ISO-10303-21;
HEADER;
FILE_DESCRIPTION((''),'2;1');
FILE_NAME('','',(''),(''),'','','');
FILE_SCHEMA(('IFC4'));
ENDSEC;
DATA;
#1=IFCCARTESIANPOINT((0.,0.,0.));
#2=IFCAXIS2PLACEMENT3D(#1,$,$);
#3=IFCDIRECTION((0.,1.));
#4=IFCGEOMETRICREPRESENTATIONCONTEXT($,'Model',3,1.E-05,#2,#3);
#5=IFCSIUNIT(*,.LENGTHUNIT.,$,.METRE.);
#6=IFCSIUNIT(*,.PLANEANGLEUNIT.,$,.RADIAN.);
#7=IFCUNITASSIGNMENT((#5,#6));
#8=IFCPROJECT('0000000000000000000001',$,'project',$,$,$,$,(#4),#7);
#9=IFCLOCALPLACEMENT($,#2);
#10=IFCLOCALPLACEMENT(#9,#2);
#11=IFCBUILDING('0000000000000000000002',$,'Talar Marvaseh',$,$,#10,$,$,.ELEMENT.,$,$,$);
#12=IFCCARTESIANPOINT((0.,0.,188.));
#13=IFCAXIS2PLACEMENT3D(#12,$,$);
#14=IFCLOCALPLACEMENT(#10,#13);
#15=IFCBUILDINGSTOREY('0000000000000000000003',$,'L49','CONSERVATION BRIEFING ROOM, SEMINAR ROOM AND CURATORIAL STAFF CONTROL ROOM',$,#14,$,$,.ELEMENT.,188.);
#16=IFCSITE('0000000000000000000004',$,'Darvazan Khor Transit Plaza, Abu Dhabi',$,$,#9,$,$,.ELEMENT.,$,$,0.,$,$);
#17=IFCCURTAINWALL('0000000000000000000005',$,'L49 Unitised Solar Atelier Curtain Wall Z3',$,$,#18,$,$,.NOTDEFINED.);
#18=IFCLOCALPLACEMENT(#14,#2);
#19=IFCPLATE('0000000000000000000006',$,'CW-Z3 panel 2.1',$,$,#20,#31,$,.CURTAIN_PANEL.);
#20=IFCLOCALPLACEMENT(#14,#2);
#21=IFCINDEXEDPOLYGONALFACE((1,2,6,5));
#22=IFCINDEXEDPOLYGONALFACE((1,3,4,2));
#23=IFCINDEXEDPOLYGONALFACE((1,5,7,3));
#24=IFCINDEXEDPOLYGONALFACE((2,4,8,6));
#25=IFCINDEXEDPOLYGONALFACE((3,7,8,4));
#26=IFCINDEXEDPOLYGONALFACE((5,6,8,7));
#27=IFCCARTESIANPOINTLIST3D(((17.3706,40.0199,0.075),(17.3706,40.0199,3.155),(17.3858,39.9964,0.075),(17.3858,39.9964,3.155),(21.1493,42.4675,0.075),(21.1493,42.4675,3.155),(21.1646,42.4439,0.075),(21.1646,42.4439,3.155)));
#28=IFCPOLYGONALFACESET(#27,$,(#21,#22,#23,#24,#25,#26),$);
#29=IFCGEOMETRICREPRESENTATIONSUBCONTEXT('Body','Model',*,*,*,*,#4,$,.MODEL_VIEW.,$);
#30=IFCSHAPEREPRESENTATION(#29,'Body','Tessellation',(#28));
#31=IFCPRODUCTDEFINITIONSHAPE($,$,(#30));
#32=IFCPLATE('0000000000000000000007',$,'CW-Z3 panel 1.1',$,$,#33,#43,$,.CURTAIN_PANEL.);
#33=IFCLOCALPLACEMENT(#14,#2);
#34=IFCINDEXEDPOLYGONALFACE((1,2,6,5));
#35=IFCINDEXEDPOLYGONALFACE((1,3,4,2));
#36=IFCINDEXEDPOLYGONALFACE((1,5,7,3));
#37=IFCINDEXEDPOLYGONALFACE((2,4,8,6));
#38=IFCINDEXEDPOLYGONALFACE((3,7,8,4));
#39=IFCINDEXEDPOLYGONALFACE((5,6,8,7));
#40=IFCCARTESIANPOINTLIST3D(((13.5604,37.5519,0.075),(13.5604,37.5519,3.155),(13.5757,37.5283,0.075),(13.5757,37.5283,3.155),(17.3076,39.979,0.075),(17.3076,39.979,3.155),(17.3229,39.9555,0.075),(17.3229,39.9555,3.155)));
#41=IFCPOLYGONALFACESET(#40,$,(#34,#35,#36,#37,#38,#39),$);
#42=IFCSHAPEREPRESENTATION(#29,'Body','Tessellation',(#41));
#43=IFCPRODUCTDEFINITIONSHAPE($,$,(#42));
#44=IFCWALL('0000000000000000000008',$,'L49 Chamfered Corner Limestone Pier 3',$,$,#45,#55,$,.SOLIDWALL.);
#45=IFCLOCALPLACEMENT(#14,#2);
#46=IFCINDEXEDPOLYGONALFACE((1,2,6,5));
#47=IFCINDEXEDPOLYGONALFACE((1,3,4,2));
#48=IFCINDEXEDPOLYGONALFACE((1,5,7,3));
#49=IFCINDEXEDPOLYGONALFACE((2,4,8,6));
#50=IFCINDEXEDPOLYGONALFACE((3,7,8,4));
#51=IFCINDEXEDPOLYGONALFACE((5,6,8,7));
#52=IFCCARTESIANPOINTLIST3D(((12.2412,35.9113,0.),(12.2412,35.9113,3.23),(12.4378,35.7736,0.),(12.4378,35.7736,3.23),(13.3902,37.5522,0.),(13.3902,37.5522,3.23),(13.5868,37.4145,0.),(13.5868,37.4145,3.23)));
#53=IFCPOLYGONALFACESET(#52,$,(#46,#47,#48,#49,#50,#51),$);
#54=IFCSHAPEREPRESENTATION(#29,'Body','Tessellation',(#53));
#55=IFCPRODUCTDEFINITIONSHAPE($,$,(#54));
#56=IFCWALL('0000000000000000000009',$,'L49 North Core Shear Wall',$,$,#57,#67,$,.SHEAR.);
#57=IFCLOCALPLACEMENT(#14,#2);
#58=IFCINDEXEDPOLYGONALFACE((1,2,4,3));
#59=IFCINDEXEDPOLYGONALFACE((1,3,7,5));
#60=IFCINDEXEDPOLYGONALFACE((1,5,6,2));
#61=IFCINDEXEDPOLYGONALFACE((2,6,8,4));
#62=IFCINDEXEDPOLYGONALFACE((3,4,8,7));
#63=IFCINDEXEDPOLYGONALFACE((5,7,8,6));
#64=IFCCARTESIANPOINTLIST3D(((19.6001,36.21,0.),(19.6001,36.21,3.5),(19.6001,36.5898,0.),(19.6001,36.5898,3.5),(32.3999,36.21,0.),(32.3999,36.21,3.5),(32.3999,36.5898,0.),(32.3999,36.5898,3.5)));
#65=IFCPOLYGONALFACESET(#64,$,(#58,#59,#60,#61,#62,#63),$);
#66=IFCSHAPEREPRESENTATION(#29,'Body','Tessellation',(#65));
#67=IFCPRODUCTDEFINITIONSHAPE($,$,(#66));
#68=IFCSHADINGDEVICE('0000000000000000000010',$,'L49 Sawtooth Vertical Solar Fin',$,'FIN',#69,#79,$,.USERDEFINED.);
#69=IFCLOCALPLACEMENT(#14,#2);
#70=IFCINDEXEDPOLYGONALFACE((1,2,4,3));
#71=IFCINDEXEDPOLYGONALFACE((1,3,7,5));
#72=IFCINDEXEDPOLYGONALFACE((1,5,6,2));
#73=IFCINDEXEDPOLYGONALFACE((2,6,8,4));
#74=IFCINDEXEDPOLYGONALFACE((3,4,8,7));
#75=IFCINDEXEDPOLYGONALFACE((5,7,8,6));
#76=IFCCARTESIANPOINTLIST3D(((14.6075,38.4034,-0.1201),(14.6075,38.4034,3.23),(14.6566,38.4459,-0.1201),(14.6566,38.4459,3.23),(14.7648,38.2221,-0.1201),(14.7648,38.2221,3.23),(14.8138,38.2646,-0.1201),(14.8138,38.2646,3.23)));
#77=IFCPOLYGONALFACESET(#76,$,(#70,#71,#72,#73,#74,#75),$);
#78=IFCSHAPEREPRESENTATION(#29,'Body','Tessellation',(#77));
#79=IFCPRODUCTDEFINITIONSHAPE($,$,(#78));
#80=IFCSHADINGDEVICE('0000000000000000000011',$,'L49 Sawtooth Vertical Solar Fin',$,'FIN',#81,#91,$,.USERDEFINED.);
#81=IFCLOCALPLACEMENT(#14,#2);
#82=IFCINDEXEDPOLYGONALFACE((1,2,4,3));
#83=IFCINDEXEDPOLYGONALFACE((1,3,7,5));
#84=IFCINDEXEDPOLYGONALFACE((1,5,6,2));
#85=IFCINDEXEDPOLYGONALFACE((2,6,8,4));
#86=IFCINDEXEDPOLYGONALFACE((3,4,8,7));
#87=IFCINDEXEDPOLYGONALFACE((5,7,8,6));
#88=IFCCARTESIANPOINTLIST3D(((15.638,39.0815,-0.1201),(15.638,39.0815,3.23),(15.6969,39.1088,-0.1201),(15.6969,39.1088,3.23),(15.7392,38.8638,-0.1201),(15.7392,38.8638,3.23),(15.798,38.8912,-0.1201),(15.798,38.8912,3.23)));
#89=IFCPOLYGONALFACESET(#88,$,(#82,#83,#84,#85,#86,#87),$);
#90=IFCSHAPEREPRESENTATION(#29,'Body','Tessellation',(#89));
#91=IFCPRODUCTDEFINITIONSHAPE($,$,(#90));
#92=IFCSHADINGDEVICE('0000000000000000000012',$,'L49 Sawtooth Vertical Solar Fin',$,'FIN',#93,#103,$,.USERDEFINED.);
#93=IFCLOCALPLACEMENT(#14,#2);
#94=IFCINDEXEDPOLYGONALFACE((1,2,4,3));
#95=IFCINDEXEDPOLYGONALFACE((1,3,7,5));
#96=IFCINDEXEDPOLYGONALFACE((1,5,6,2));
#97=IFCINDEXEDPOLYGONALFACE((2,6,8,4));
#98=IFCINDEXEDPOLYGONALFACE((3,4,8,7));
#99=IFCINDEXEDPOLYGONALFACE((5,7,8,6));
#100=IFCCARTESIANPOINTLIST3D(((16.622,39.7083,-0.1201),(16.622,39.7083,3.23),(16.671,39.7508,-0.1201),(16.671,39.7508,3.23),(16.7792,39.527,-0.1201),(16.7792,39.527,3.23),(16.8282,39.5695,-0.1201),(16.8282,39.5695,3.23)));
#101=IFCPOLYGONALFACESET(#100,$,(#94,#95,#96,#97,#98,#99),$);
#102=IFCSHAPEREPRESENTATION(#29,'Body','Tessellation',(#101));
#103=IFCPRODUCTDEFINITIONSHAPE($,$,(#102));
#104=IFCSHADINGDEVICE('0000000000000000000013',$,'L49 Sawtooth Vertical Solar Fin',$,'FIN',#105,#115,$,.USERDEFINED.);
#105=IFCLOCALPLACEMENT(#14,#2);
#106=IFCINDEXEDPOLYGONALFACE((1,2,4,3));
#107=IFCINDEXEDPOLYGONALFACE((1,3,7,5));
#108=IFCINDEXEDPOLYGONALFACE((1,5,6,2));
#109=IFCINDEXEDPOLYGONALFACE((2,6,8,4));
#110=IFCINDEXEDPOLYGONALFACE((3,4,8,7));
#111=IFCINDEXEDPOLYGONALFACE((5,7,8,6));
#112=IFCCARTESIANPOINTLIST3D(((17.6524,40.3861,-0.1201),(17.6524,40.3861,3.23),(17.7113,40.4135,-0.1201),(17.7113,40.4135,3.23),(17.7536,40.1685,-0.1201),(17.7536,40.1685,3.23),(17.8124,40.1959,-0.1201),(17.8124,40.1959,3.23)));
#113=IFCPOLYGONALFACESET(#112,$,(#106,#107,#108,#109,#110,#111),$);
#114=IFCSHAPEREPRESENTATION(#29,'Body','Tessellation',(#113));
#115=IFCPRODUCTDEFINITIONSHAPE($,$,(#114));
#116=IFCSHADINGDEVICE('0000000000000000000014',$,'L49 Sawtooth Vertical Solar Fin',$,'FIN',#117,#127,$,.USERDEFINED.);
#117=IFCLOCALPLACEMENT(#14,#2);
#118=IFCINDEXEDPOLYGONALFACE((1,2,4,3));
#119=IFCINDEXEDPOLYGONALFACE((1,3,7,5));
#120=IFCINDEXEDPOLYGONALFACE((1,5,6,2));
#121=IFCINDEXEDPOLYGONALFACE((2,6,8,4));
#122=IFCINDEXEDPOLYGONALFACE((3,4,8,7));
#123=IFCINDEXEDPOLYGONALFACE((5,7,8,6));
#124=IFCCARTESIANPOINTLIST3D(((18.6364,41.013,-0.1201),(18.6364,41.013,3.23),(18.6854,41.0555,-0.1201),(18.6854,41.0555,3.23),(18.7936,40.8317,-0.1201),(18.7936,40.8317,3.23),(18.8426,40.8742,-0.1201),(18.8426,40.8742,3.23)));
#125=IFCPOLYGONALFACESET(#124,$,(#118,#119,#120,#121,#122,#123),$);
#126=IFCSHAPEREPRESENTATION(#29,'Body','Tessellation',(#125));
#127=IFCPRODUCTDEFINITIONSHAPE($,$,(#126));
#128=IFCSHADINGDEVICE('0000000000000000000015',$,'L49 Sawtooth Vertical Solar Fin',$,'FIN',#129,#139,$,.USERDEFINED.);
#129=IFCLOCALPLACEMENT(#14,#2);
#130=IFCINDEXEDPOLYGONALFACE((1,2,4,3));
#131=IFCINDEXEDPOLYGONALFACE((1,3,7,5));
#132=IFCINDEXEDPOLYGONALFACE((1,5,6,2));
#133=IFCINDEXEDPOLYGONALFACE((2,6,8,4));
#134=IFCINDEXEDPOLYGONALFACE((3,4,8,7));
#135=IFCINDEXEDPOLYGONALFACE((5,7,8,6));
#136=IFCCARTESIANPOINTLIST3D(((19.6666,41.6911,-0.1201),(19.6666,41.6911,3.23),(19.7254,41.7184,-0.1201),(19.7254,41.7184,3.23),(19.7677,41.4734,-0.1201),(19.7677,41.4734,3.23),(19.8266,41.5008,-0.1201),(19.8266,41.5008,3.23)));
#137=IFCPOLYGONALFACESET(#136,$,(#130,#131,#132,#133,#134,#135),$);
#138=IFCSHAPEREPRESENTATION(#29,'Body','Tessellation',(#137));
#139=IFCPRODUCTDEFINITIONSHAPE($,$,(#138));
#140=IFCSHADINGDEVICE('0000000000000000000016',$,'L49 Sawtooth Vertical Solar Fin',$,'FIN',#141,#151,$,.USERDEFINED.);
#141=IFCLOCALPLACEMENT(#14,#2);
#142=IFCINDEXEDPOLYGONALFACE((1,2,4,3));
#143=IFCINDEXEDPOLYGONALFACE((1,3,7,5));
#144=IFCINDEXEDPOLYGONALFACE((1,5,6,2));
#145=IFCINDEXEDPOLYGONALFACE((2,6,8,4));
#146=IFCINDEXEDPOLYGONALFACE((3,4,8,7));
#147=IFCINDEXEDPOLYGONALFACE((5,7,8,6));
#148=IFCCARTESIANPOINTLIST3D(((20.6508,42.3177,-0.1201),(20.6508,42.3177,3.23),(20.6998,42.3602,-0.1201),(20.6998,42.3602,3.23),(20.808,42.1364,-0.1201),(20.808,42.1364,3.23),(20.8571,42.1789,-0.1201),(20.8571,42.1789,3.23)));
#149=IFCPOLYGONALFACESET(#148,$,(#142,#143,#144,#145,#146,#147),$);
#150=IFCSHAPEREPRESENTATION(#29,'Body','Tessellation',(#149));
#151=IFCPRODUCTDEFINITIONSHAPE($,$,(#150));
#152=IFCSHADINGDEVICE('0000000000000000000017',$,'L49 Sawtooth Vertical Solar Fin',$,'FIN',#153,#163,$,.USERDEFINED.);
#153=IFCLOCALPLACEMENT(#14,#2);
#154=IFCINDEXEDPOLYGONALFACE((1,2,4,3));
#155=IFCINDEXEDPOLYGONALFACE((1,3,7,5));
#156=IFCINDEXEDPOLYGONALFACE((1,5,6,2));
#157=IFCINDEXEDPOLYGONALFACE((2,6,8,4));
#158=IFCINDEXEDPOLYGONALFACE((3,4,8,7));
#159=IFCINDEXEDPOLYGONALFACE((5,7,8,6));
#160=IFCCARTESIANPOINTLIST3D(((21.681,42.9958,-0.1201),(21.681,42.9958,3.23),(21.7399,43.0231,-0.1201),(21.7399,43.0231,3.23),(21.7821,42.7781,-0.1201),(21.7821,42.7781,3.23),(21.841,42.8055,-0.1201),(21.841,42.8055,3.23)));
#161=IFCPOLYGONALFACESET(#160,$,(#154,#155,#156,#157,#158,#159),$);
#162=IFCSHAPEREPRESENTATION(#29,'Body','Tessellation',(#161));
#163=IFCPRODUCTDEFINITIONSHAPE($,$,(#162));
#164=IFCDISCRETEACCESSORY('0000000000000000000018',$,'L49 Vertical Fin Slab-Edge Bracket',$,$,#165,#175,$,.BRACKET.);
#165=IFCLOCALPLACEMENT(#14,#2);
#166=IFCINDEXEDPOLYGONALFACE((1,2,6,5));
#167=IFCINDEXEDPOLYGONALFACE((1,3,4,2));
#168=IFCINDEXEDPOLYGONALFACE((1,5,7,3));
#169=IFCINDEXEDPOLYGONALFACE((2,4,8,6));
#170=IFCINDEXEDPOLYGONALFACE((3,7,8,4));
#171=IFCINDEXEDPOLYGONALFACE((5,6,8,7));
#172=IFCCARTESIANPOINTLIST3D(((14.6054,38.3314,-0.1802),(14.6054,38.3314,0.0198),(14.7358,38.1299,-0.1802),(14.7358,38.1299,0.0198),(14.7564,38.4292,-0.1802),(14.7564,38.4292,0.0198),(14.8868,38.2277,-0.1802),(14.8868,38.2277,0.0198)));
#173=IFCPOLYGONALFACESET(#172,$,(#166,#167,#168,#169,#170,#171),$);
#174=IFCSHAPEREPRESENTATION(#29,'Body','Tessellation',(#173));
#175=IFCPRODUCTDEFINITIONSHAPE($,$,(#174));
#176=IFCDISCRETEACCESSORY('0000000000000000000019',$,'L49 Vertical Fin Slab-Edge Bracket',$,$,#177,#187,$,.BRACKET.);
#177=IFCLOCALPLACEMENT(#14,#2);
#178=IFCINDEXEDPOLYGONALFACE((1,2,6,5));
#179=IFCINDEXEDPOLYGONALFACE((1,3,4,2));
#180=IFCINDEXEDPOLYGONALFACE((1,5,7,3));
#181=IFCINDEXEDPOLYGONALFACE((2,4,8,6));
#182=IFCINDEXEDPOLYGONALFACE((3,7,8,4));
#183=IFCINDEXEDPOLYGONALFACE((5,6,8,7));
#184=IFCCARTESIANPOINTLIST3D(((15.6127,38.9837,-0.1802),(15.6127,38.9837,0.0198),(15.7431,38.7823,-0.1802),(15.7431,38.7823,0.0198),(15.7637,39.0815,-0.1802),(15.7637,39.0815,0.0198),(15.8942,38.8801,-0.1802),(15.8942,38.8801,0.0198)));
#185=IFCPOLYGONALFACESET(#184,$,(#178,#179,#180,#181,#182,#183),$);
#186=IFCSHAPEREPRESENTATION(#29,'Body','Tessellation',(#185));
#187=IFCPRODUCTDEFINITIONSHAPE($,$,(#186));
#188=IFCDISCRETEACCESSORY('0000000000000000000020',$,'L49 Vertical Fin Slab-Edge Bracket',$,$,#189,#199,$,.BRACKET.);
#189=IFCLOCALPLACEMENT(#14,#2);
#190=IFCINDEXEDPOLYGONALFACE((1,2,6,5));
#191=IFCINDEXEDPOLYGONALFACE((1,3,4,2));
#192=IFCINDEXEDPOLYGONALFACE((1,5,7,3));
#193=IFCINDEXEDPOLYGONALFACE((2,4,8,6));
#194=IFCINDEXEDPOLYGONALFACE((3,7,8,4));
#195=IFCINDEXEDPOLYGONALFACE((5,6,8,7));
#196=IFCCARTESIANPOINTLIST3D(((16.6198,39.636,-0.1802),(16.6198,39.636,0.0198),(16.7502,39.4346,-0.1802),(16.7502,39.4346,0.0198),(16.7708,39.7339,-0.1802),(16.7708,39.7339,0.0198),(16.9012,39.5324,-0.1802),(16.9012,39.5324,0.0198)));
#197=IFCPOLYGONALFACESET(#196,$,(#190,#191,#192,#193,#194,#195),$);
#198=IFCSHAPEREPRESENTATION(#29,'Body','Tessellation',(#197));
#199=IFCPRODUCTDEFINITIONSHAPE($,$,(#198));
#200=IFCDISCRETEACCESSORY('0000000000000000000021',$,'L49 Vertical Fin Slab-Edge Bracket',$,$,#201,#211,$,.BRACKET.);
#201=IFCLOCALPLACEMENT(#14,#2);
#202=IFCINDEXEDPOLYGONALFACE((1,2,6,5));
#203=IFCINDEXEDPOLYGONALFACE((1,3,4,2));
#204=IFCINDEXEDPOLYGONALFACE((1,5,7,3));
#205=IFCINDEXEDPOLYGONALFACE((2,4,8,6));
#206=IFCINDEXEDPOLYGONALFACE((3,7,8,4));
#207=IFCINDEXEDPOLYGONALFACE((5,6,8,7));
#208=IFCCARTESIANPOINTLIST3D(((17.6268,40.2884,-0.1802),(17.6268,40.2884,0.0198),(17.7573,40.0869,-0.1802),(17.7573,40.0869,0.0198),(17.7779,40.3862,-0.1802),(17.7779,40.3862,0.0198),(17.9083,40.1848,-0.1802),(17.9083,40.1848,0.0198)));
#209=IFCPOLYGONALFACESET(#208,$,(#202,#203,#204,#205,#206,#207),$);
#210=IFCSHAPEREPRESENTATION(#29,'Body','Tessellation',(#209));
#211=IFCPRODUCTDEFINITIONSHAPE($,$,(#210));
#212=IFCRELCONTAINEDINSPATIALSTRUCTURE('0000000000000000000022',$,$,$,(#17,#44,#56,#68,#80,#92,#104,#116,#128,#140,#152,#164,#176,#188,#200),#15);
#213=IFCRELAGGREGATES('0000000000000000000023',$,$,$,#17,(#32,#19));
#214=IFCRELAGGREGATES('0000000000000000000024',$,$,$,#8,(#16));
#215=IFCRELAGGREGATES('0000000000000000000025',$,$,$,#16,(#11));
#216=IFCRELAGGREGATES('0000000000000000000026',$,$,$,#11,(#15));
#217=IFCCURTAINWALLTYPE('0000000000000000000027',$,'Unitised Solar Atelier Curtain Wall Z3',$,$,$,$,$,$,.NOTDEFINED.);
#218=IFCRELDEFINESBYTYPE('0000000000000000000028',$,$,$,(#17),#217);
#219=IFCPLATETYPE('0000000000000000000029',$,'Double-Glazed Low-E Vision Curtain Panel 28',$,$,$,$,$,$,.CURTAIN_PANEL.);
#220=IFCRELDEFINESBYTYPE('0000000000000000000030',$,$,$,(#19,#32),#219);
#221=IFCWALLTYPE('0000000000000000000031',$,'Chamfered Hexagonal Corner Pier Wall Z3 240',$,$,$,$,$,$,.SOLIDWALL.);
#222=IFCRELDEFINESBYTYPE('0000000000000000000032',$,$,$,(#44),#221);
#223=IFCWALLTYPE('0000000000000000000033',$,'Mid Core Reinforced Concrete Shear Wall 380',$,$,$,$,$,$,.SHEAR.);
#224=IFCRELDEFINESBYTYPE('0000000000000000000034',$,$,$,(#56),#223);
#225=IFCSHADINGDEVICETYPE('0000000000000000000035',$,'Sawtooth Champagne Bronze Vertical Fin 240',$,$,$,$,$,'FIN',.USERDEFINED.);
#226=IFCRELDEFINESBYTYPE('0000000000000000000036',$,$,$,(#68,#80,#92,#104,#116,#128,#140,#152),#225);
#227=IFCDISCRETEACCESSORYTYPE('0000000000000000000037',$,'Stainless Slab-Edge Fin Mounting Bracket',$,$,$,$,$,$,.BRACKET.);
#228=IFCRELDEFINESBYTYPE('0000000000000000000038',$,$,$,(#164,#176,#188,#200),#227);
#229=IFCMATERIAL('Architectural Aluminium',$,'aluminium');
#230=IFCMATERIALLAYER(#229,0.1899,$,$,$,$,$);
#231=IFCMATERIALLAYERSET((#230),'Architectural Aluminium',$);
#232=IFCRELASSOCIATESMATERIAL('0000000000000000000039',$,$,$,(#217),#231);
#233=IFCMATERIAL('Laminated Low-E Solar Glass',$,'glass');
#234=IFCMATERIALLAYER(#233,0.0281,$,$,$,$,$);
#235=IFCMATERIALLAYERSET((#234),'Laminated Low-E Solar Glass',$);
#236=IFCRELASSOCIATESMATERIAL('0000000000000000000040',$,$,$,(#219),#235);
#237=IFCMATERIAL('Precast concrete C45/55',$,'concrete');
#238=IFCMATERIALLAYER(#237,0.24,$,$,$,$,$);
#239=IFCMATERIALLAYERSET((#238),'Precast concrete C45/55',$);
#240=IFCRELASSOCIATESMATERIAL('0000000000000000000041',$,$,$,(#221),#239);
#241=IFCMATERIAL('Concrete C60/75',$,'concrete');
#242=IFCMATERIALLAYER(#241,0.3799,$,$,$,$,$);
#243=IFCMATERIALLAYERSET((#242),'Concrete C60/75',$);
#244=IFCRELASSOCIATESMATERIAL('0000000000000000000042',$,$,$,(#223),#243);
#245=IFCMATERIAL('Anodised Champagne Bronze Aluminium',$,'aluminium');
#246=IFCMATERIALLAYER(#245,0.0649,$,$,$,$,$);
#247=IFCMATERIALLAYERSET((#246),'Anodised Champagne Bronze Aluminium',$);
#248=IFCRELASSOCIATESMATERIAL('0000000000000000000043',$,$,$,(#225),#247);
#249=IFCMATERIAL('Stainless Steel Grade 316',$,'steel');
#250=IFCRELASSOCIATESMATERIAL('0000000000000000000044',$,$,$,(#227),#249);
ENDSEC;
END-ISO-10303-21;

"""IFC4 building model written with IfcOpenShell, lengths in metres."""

from ifc_helpers import new_model, si_unit, direction, frame, frame_2d, origin, origin_2d, place, context, subcontext, project, spatial, rectangle, extrude, source, transform, mapped, material, layer, layer_set, type_object, type_shapes, element, aggregate, save


model = new_model("IFC4")

# Units and contexts
model_context = context("Model", 3, precision=1e-05, world=origin(), true_north=direction((0.0, 1.0)))
body_context = subcontext(model_context, "Body", "Model", "MODEL_VIEW")
ifc_project = project(units=[si_unit("LENGTHUNIT", "METRE"), si_unit("PLANEANGLEUNIT", "RADIAN")], contexts=[model_context])

# Site, building, storey
site_placement = place(None, origin())
site = spatial("IfcSite", under=ifc_project, at=site_placement, Name="Darvazan Khor Transit Plaza, Abu Dhabi", CompositionType="ELEMENT", RefElevation=0.0)
building_placement = place(site_placement, origin())
building = spatial("IfcBuilding", under=site, at=building_placement, Name="Talar Marvaseh", CompositionType="ELEMENT")
storey_placement = place(building_placement, frame((0.0, 0.0, 188.0)))
storey = spatial("IfcBuildingStorey", under=building, at=storey_placement, Name="L49", Description="CONSERVATION BRIEFING ROOM, SEMINAR ROOM AND CURATORIAL STAFF CONTROL ROOM", CompositionType="ELEMENT", Elevation=188.0)

# Shared definitions
ifc_material_1 = material(Name="Concrete C60/75", Category="concrete")

# Shared definitions
ifc_material_2 = material(Name="Architectural Aluminium", Category="aluminium")
ifc_layer_1 = layer(ifc_material_2, 0.1899)
ifc_layer_set_1 = layer_set([ifc_layer_1], Name="Architectural Aluminium")
curtain_wall_type = type_object("IfcCurtainWallType", Name="Unitised Solar Atelier Curtain Wall Z3", PredefinedType="NOTDEFINED", material=ifc_layer_set_1)

# Curtain wall, plates
curtain_wall_1_placement = place(storey_placement, origin())
curtain_wall_1 = element("IfcCurtainWall", 1, at=curtain_wall_1_placement, inside=storey, type_object=curtain_wall_type, Name="L49 Unitised Solar Atelier Curtain Wall Z3", PredefinedType="NOTDEFINED")
ifc_material_3 = material(Name="Laminated Low-E Solar Glass", Category="glass")
ifc_layer_2 = layer(ifc_material_3, 0.0281)
ifc_layer_set_2 = layer_set([ifc_layer_2], Name="Laminated Low-E Solar Glass")
plate_type = type_object("IfcPlateType", Name="Double-Glazed Low-E Vision Curtain Panel 28", PredefinedType="CURTAIN_PANEL", material=ifc_layer_set_2)
shared_shape_1 = source(origin(), body_context, "Body", "SweptSolid", [
    extrude(rectangle(XDim=4.5022, YDim=0.0281, at=origin_2d()), origin(), (0.0, 0.0, 1.0), 3.0801),
])
plate_1_placement = place(storey_placement, frame((19.2676, 41.2319, 0.075), z_axis=(0.0, 0.0, 1.0), x_axis=(0.839317, 0.543642, 0.0)))
plate_1 = element("IfcPlate", 2, at=plate_1_placement, type_object=plate_type, Name="CW-Z3 panel 2.1", PredefinedType="CURTAIN_PANEL", context=body_context, shape_type="MappedRepresentation", body=[
    mapped(shared_shape_1, transform((0.0, 0.0, 0.0), x_axis=(1.0, 0.0, 0.0), y_axis=(0.0, 1.0, 0.0), z_axis=(0.0, 0.0, 1.0), scale=1.0)),
])
shared_shape_2 = source(origin(), body_context, "Body", "SweptSolid", [
    extrude(rectangle(XDim=4.4646, YDim=0.0281, at=origin_2d()), origin(), (0.0, 0.0, 1.0), 3.0801),
])
type_shapes(plate_type, [shared_shape_1, shared_shape_2])
plate_2_placement = place(storey_placement, frame((15.4417, 38.7537, 0.075), z_axis=(0.0, 0.0, 1.0), x_axis=(0.839317, 0.543642, 0.0)))
plate_2 = element("IfcPlate", 3, at=plate_2_placement, type_object=plate_type, Name="CW-Z3 panel 1.1", PredefinedType="CURTAIN_PANEL", context=body_context, shape_type="MappedRepresentation", body=[
    mapped(shared_shape_2, transform((0.0, 0.0, 0.0), x_axis=(1.0, 0.0, 0.0), y_axis=(0.0, 1.0, 0.0), z_axis=(0.0, 0.0, 1.0), scale=1.0)),
])
aggregate(curtain_wall_1, [plate_2, plate_1])

# Walls
ifc_material_4 = material(Name="Precast concrete C45/55", Category="concrete")
ifc_layer_3 = layer(ifc_material_4, 0.24)
ifc_layer_set_3 = layer_set([ifc_layer_3], Name="Precast concrete C45/55")
wall_type_1 = type_object("IfcWallType", Name="Chamfered Hexagonal Corner Pier Wall Z3 240", PredefinedType="SOLIDWALL", material=ifc_layer_set_3)
wall_1_placement = place(storey_placement, frame((12.3396, 35.8425, 0.0), z_axis=(0.0, 0.0, 1.0), x_axis=(0.573569, 0.819157, 0.0)))
element("IfcWall", 4, at=wall_1_placement, inside=storey, type_object=wall_type_1, Name="L49 Chamfered Corner Limestone Pier 3", PredefinedType="SOLIDWALL", context=body_context, shape_type="SweptSolid", body=[
    extrude(rectangle(XDim=2.0032, YDim=0.24, at=frame_2d((1.0015, 0.0))), origin(), (0.0, 0.0, 1.0), 3.23),
])
ifc_layer_4 = layer(ifc_material_1, 0.3799)
ifc_layer_set_4 = layer_set([ifc_layer_4], Name="Concrete C60/75")
wall_type_2 = type_object("IfcWallType", Name="Mid Core Reinforced Concrete Shear Wall 380", PredefinedType="SHEAR", material=ifc_layer_set_4)
wall_2_placement = place(storey_placement, frame((19.6001, 36.3999, 0.0), z_axis=(0.0, 0.0, 1.0), x_axis=(1.0, 0.0, 0.0)))
element("IfcWall", 5, at=wall_2_placement, inside=storey, type_object=wall_type_2, Name="L49 North Core Shear Wall", PredefinedType="SHEAR", context=body_context, shape_type="SweptSolid", body=[
    extrude(rectangle(XDim=12.7998, YDim=0.3799, at=frame_2d((6.3999, 0.0))), origin(), (0.0, 0.0, 1.0), 3.5),
])

# Shading devices
ifc_material_5 = material(Name="Anodised Champagne Bronze Aluminium", Category="aluminium")
ifc_layer_5 = layer(ifc_material_5, 0.0649)
ifc_layer_set_5 = layer_set([ifc_layer_5], Name="Anodised Champagne Bronze Aluminium")
shading_device_type = type_object("IfcShadingDeviceType", Name="Sawtooth Champagne Bronze Vertical Fin 240", ElementType="FIN", PredefinedType="USERDEFINED", material=ifc_layer_set_5)
shared_shape_3 = source(origin(), body_context, "Body", "SweptSolid", [
    extrude(rectangle(XDim=0.24, YDim=0.0649, at=origin_2d()), origin(), (0.0, 0.0, 1.0), 3.3501),
])
type_shapes(shading_device_type, [shared_shape_3])
for number, where, z_axis, x_axis, name in (
    (6, (14.7107, 38.334, -0.1201), (0.0, 0.0, 1.0), (-0.655136, 0.755511, 0.0), "L49 Sawtooth Vertical Solar Fin"),
    (7, (15.718, 38.9863, -0.1201), (0.0, 0.0, 1.0), (-0.421511, 0.906823, 0.0), "L49 Sawtooth Vertical Solar Fin"),
    (8, (16.7251, 39.6389, -0.1201), (0.0, 0.0, 1.0), (-0.655136, 0.755511, 0.0), "L49 Sawtooth Vertical Solar Fin"),
    (9, (17.7324, 40.291, -0.1201), (0.0, 0.0, 1.0), (-0.421511, 0.906823, 0.0), "L49 Sawtooth Vertical Solar Fin"),
    (10, (18.7395, 40.9436, -0.1201), (0.0, 0.0, 1.0), (-0.655136, 0.755511, 0.0), "L49 Sawtooth Vertical Solar Fin"),
    (11, (19.7466, 41.5959, -0.1201), (0.0, 0.0, 1.0), (-0.421511, 0.906823, 0.0), "L49 Sawtooth Vertical Solar Fin"),
    (12, (20.7539, 42.2483, -0.1201), (0.0, 0.0, 1.0), (-0.655136, 0.755511, 0.0), "L49 Sawtooth Vertical Solar Fin"),
    (13, (21.761, 42.9006, -0.1201), (0.0, 0.0, 1.0), (-0.421511, 0.906823, 0.0), "L49 Sawtooth Vertical Solar Fin"),
):
    element("IfcShadingDevice", number, at=place(storey_placement, frame(where, z_axis=z_axis, x_axis=x_axis)), inside=storey, type_object=shading_device_type, Name=name, ObjectType="FIN", PredefinedType="USERDEFINED", context=body_context, shape_type="MappedRepresentation", body=[
        mapped(shared_shape_3, transform((0.0, 0.0, 0.0), x_axis=(1.0, 0.0, 0.0), y_axis=(0.0, 1.0, 0.0), z_axis=(0.0, 0.0, 1.0), scale=1.0)),
    ])

# Discrete accessories
ifc_material_6 = material(Name="Stainless Steel Grade 316", Category="steel")
discrete_accessory_type = type_object("IfcDiscreteAccessoryType", Name="Stainless Slab-Edge Fin Mounting Bracket", PredefinedType="BRACKET", material=ifc_material_6)
shared_shape_4 = source(origin(), body_context, "Body", "SweptSolid", [
    extrude(rectangle(XDim=0.24, YDim=0.1799, at=origin_2d()), origin(), (0.0, 0.0, 1.0), 0.2),
])
type_shapes(discrete_accessory_type, [shared_shape_4])
for number, where, z_axis, x_axis, name in (
    (14, (14.7461, 38.2795, -0.1802), (0.0, 0.0, 1.0), (-0.543614, 0.839335, 0.0), "L49 Vertical Fin Slab-Edge Bracket"),
    (15, (15.7534, 38.9319, -0.1802), (0.0, 0.0, 1.0), (-0.543614, 0.839335, 0.0), "L49 Vertical Fin Slab-Edge Bracket"),
    (16, (16.7605, 39.5842, -0.1802), (0.0, 0.0, 1.0), (-0.543614, 0.839335, 0.0), "L49 Vertical Fin Slab-Edge Bracket"),
    (17, (17.7676, 40.2366, -0.1802), (0.0, 0.0, 1.0), (-0.543614, 0.839335, 0.0), "L49 Vertical Fin Slab-Edge Bracket"),
):
    element("IfcDiscreteAccessory", number, at=place(storey_placement, frame(where, z_axis=z_axis, x_axis=x_axis)), inside=storey, type_object=discrete_accessory_type, Name=name, PredefinedType="BRACKET", context=body_context, shape_type="MappedRepresentation", body=[
        mapped(shared_shape_4, transform((0.0, 0.0, 0.0), x_axis=(1.0, 0.0, 0.0), y_axis=(0.0, 1.0, 0.0), z_axis=(0.0, 0.0, 1.0), scale=1.0)),
    ])

save(model, "model.ifc")
